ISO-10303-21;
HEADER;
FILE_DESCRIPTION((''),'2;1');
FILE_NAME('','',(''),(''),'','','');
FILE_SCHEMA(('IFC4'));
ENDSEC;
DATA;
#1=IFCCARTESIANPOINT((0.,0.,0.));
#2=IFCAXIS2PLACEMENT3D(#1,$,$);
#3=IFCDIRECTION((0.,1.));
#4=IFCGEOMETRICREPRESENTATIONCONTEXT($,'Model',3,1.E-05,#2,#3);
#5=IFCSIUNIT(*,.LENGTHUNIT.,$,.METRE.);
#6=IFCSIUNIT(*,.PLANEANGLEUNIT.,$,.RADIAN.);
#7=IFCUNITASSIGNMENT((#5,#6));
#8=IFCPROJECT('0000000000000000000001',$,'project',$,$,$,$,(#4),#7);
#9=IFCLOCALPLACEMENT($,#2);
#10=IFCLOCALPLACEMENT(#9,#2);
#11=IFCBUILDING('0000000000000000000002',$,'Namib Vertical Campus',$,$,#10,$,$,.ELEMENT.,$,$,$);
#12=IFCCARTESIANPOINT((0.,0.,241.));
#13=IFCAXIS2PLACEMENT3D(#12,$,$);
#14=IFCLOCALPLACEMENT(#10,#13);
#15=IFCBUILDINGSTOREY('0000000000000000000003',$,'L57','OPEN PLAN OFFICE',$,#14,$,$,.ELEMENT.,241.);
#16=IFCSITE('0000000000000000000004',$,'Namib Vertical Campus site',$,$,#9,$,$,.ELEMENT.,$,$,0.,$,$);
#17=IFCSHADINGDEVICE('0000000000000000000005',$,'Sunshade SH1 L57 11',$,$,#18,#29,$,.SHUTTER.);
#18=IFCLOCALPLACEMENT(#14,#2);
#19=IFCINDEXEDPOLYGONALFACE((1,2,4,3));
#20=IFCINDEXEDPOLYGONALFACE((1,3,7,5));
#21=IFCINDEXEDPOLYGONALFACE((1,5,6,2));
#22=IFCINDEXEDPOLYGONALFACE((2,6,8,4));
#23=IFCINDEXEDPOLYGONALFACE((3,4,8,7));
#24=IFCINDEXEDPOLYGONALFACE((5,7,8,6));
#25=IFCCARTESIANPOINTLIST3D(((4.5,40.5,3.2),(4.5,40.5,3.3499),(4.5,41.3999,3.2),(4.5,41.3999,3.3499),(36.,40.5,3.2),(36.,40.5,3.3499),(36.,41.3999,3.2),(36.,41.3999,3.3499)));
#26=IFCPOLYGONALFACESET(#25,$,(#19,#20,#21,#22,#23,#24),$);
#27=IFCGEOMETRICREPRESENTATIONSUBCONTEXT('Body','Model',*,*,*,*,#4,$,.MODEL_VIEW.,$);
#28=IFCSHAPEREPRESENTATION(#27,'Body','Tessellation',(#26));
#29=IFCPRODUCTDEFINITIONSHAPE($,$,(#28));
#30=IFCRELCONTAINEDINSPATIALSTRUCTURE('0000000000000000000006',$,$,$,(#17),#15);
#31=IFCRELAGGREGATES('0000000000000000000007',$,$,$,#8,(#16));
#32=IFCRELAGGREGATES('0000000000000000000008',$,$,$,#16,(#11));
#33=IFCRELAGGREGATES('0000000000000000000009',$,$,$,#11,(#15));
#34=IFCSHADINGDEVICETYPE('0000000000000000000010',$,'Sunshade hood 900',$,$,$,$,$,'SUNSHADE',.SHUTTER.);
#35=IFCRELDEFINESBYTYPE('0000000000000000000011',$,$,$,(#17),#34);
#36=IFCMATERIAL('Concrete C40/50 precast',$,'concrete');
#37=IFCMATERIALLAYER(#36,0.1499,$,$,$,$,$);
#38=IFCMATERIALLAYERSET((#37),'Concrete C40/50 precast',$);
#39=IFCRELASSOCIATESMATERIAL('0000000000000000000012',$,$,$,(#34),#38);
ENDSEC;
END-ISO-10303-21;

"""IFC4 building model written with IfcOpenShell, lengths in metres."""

from ifc_helpers import new_model, si_unit, direction, frame, origin, origin_2d, place, context, subcontext, project, spatial, rectangle, extrude, material, layer, layer_set, type_object, element, save


model = new_model("IFC4")

# Units and contexts
model_context = context("Model", 3, precision=1e-05, world=origin(), true_north=direction((0.0, 1.0)))
body_context = subcontext(model_context, "Body", "Model", "MODEL_VIEW")
ifc_project = project(units=[si_unit("LENGTHUNIT", "METRE"), si_unit("PLANEANGLEUNIT", "RADIAN")], contexts=[model_context])

# Site, building, storey
site_placement = place(None, origin())
site = spatial("IfcSite", under=ifc_project, at=site_placement, Name="Namib Vertical Campus site", CompositionType="ELEMENT", RefElevation=0.0)
building_placement = place(site_placement, origin())
building = spatial("IfcBuilding", under=site, at=building_placement, Name="Namib Vertical Campus", CompositionType="ELEMENT")
storey_placement = place(building_placement, frame((0.0, 0.0, 241.0)))
storey = spatial("IfcBuildingStorey", under=building, at=storey_placement, Name="L57", Description="OPEN PLAN OFFICE", CompositionType="ELEMENT", Elevation=241.0)

# Shading device
ifc_material_1 = material(Name="Concrete C40/50 precast", Category="concrete")
ifc_layer_1 = layer(ifc_material_1, 0.1499)
ifc_layer_set_1 = layer_set([ifc_layer_1], Name="Concrete C40/50 precast")
shading_device_type = type_object("IfcShadingDeviceType", Name="Sunshade hood 900", ElementType="SUNSHADE", PredefinedType="SHUTTER", material=ifc_layer_set_1)
shading_device_placement = place(storey_placement, frame((20.25, 40.95, 3.2), z_axis=(0.0, 0.0, 1.0), x_axis=(-1.0, 0.0, 0.0)))
element("IfcShadingDevice", 1, at=shading_device_placement, inside=storey, type_object=shading_device_type, Name="Sunshade SH1 L57 11", PredefinedType="SHUTTER", context=body_context, shape_type="SweptSolid", body=[
    extrude(rectangle(XDim=31.5, YDim=0.8999, at=origin_2d()), origin(), (0.0, 0.0, 1.0), 0.1499),
])

save(model, "model.ifc")
